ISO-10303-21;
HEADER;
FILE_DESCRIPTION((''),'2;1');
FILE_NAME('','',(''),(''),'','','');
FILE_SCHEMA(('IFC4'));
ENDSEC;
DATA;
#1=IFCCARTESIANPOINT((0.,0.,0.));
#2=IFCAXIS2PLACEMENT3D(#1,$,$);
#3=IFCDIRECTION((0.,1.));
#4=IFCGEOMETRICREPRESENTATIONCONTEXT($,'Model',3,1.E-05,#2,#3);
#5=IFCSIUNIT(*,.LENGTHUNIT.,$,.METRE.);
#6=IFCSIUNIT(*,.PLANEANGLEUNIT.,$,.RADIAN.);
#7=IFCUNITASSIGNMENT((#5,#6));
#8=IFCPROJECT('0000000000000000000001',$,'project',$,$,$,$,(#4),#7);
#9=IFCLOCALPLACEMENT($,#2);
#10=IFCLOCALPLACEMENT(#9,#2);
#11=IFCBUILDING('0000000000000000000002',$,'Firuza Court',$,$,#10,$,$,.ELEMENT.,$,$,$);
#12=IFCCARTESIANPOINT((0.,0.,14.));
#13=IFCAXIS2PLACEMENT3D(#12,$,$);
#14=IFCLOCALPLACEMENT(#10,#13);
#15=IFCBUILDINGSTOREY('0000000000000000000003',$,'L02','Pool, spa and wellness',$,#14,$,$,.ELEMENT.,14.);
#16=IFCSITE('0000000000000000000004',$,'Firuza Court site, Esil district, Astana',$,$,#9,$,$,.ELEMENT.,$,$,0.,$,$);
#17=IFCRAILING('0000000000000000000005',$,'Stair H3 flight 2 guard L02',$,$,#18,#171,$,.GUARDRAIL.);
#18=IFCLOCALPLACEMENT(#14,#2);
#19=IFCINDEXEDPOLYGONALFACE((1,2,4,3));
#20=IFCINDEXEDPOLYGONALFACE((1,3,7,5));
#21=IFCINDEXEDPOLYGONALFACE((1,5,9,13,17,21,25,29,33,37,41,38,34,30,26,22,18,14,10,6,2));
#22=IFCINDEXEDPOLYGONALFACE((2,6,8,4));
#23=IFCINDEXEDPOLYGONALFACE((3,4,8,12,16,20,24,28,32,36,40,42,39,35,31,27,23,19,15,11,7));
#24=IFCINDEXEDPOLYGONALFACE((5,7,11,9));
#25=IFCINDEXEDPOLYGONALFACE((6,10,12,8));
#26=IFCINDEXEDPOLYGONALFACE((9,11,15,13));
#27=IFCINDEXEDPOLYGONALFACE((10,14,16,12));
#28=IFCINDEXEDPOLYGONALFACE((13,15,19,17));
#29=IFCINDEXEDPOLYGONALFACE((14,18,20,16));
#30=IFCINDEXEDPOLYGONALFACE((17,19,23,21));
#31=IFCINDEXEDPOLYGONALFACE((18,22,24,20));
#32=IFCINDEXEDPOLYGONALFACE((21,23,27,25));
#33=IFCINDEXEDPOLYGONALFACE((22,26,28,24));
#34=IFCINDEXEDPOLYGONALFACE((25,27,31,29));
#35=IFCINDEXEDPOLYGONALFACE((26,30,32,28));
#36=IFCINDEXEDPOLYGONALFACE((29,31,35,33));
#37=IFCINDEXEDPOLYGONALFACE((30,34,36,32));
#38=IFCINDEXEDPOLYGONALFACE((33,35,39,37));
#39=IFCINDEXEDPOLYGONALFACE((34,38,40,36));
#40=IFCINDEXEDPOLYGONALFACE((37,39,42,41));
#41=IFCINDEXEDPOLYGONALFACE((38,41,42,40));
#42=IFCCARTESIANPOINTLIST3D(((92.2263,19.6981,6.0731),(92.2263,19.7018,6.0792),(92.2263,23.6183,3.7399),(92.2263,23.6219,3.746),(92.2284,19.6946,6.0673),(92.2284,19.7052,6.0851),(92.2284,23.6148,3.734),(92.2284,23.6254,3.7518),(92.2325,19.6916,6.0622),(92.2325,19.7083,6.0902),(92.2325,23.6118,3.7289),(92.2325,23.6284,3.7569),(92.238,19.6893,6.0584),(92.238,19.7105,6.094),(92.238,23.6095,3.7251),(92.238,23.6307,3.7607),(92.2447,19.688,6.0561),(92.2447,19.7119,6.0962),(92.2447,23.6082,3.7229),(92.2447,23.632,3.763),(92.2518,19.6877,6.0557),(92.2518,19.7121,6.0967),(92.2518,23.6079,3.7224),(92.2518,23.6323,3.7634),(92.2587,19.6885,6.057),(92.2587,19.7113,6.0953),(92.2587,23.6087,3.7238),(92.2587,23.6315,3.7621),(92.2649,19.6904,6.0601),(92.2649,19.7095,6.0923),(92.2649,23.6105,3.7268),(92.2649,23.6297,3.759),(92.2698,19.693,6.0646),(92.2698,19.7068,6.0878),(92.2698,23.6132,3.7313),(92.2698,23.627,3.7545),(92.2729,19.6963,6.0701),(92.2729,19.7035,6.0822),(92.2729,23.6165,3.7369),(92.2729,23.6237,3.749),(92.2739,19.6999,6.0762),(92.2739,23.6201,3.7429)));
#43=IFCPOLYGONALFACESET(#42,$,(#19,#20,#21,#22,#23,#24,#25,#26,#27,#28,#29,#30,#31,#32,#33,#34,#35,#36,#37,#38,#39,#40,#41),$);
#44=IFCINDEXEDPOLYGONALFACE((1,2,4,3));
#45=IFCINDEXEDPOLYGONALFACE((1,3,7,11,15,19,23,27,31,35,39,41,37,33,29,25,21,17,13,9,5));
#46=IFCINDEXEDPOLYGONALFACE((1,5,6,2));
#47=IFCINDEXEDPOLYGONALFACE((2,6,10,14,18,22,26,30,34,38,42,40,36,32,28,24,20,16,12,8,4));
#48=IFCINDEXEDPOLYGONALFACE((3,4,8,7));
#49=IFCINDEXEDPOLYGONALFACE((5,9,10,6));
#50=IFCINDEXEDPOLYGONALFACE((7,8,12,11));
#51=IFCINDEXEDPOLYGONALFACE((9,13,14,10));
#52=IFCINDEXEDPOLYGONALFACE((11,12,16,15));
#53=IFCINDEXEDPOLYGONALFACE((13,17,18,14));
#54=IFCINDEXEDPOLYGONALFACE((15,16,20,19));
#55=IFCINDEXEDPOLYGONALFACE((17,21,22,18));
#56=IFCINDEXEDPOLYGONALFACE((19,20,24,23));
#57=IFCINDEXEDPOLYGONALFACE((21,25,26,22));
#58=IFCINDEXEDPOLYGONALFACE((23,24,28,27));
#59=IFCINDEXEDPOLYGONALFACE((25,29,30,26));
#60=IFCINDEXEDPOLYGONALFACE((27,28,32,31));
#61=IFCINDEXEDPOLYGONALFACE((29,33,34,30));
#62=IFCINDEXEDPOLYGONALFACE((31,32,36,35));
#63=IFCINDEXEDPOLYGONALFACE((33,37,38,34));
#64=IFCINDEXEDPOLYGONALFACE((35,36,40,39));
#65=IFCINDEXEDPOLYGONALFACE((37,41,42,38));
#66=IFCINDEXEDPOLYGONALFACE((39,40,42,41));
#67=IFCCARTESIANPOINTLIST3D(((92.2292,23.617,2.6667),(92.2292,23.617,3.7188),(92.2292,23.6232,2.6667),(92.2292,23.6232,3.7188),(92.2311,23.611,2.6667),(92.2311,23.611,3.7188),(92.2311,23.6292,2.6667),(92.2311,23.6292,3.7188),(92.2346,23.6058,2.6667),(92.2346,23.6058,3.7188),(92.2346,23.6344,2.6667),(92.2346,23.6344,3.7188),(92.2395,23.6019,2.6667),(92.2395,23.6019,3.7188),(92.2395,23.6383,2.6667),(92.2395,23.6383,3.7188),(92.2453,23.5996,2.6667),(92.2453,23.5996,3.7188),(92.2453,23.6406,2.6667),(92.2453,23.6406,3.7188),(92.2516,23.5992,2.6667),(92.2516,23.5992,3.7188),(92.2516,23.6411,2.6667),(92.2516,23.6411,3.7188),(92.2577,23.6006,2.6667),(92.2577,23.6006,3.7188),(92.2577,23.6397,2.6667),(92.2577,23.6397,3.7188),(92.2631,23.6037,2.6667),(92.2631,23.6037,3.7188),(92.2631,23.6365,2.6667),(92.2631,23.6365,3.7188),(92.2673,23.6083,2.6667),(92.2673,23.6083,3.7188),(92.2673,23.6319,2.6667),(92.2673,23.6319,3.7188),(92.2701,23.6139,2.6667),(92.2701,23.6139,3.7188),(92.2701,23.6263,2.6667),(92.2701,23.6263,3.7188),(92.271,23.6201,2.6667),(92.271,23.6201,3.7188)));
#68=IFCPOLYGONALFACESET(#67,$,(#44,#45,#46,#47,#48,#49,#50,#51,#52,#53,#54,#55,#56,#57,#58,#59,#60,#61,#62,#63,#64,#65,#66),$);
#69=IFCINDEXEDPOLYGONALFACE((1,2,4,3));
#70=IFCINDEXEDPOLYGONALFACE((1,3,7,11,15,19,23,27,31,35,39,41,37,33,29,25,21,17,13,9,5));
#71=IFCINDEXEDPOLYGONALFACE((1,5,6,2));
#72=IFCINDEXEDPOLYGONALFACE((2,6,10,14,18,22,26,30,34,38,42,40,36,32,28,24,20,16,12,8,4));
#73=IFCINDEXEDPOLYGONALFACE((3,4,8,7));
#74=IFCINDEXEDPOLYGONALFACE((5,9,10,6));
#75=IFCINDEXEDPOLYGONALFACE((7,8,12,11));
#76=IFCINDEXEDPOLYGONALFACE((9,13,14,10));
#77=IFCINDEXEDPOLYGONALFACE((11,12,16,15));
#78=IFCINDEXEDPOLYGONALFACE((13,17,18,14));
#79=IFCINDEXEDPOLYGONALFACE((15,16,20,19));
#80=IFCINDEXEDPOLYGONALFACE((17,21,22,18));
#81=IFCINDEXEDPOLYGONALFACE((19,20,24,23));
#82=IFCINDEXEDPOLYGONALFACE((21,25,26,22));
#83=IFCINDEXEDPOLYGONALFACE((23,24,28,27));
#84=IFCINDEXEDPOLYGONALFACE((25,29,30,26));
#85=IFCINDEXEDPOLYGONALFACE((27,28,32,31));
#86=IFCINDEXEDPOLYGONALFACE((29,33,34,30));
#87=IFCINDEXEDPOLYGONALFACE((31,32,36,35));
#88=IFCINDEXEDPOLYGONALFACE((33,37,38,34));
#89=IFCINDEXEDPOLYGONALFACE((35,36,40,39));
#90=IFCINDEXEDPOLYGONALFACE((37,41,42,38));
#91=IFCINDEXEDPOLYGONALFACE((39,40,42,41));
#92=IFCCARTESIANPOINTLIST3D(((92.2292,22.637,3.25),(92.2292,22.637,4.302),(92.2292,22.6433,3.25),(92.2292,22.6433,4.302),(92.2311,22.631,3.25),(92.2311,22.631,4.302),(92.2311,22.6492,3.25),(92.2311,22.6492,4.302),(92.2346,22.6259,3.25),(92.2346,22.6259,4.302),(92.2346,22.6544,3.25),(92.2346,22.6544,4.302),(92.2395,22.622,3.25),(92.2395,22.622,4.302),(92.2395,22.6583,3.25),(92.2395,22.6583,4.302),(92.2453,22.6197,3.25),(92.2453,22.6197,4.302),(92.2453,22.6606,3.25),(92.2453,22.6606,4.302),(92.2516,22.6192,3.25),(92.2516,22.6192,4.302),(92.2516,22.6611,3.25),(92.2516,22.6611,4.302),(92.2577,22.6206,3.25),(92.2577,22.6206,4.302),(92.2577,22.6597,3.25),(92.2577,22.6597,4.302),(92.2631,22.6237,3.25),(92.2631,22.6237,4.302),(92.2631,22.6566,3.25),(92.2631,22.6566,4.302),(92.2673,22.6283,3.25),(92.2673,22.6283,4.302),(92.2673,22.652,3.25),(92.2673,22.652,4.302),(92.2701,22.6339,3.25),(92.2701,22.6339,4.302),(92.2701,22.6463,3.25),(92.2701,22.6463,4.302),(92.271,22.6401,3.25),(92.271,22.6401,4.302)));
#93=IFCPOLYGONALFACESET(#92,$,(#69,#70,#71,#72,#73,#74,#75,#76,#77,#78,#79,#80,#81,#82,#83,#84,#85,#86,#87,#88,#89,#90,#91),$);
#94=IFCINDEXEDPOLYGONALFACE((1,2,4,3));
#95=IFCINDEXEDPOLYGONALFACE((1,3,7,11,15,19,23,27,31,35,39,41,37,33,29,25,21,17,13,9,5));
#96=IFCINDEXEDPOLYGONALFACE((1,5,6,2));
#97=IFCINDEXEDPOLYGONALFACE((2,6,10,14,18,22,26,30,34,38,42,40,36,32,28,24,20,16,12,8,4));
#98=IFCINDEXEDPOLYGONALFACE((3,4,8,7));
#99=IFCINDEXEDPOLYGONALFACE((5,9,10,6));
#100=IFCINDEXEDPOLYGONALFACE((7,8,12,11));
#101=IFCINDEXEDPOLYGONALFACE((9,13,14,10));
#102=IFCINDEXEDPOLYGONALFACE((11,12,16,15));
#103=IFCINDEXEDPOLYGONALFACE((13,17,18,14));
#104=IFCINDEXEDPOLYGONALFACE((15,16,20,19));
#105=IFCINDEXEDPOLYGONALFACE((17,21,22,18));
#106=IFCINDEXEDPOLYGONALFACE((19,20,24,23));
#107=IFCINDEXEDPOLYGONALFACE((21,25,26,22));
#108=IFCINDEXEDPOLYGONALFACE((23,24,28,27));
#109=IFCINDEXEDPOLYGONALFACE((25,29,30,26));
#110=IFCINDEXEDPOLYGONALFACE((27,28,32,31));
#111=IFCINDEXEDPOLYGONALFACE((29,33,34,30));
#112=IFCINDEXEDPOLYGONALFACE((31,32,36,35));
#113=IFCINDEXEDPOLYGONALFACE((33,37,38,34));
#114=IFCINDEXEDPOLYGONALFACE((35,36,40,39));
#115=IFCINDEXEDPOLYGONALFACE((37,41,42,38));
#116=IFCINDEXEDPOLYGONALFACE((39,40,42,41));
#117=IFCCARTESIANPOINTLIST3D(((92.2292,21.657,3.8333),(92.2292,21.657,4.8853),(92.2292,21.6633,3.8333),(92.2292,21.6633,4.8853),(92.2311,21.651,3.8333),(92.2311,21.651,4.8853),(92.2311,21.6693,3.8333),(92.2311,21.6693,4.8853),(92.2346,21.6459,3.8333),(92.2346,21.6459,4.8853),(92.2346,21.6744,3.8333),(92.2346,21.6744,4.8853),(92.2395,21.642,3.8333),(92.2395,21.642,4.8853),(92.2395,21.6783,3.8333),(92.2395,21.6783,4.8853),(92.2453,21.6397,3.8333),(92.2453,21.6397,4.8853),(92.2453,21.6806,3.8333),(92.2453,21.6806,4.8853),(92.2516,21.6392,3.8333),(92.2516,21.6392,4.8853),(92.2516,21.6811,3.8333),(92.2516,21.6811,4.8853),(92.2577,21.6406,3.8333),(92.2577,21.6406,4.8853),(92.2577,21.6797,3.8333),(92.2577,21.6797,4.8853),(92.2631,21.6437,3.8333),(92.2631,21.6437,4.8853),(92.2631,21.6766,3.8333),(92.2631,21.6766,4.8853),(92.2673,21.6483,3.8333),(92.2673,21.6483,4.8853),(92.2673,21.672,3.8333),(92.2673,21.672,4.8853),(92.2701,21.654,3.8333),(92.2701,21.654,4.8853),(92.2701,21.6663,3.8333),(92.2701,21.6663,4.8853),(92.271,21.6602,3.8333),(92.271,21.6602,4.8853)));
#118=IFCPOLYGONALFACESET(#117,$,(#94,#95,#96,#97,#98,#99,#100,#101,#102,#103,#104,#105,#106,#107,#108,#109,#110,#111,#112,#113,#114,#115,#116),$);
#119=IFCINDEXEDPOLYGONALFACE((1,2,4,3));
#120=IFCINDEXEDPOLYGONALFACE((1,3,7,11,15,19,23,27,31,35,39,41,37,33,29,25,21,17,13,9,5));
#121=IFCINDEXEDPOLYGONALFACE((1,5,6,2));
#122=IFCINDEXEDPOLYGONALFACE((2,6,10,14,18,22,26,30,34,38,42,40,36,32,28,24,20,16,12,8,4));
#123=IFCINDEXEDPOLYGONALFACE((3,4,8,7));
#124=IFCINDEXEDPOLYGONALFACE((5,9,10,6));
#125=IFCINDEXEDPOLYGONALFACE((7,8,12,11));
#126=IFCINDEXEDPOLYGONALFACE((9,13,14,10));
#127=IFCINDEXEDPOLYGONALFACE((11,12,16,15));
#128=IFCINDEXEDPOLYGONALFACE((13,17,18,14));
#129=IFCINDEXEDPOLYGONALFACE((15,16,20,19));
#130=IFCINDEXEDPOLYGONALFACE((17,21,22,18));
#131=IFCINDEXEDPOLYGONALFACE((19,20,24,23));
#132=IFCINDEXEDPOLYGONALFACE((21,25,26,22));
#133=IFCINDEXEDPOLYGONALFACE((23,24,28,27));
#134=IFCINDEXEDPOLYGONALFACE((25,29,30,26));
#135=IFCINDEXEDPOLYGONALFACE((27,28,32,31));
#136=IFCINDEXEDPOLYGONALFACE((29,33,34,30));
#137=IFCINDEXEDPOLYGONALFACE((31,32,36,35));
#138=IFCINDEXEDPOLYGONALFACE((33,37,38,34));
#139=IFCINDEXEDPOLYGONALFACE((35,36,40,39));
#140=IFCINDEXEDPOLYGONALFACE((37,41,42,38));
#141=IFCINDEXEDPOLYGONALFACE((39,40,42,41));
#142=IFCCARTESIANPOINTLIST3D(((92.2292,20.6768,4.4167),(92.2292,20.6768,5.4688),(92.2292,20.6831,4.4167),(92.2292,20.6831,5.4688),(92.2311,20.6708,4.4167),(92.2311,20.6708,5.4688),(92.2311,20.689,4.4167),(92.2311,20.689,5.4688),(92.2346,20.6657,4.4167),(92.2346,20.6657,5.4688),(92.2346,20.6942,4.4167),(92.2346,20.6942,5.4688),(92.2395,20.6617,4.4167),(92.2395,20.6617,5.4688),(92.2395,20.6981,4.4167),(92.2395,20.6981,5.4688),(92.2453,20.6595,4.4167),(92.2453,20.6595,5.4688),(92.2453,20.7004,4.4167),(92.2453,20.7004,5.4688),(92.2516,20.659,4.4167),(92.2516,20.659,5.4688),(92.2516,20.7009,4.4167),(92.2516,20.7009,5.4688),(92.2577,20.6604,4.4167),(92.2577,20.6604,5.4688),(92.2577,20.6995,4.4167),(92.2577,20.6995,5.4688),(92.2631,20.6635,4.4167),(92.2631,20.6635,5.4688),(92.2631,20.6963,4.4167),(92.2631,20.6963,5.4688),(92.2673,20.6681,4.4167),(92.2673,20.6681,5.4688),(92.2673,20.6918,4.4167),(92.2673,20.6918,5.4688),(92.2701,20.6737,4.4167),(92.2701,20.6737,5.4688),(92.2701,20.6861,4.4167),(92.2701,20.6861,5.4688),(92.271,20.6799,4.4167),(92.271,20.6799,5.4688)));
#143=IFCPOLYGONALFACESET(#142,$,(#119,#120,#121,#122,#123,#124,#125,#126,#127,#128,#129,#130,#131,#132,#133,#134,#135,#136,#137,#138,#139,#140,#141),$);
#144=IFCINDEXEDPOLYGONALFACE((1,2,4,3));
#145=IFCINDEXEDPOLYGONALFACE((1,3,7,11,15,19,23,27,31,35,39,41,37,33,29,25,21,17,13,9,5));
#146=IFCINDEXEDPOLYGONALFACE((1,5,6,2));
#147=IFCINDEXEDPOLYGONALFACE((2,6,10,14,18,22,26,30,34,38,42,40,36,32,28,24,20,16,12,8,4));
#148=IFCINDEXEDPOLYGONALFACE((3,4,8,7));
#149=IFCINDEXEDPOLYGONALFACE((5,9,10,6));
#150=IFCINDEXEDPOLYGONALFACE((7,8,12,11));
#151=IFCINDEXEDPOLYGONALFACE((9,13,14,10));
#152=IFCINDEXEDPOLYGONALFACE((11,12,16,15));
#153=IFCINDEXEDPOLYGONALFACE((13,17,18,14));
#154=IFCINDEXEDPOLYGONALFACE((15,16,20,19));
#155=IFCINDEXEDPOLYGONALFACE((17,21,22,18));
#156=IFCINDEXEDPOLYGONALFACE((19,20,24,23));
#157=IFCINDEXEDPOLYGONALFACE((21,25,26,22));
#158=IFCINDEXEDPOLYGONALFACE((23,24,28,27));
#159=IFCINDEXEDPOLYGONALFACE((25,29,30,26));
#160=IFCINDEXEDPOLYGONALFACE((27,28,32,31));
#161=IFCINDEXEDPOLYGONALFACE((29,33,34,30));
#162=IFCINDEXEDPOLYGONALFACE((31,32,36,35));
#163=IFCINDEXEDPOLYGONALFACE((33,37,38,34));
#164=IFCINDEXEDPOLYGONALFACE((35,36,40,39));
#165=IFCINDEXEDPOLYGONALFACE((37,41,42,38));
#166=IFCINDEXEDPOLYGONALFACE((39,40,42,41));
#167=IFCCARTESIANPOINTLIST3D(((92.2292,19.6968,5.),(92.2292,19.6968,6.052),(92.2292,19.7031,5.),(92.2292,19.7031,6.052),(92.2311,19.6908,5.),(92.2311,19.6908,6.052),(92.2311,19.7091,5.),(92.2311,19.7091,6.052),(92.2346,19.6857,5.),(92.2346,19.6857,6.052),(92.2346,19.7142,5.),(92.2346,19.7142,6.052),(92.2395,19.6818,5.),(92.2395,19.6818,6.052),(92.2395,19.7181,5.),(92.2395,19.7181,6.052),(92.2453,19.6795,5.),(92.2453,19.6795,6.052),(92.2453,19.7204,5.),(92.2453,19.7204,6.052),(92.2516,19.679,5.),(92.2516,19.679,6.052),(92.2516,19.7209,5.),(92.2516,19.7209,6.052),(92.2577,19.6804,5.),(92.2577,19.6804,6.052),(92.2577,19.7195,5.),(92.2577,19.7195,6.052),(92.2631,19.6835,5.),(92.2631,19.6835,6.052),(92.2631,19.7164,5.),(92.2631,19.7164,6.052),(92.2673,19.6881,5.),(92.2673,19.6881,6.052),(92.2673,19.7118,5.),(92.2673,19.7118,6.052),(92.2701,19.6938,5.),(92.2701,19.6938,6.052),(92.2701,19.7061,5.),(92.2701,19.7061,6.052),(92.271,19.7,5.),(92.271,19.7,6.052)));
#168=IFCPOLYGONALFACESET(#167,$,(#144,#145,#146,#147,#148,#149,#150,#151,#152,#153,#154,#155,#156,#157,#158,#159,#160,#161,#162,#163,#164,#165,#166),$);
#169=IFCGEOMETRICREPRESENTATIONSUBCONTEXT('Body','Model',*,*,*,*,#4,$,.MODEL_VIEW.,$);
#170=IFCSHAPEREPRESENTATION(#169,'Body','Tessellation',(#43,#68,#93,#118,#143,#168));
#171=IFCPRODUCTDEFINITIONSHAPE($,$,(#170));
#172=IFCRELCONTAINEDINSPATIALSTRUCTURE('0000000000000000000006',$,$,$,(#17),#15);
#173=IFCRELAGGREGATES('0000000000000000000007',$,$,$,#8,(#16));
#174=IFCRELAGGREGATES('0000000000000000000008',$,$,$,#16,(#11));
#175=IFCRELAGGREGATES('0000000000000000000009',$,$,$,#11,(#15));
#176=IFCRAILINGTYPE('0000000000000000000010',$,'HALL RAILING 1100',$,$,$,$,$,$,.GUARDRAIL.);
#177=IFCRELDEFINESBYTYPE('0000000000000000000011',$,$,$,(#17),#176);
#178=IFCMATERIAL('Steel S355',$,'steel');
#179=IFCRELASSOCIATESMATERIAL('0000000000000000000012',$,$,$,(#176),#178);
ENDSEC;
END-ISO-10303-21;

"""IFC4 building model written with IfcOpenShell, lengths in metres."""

from ifc_helpers import new_model, si_unit, direction, frame, origin, origin_2d, place, context, subcontext, project, spatial, circle, extrude, material, type_object, element, save


model = new_model("IFC4")

# Units and contexts
model_context = context("Model", 3, precision=1e-05, world=origin(), true_north=direction((0.0, 1.0)))
body_context = subcontext(model_context, "Body", "Model", "MODEL_VIEW")
ifc_project = project(units=[si_unit("LENGTHUNIT", "METRE"), si_unit("PLANEANGLEUNIT", "RADIAN")], contexts=[model_context])

# Site, building, storey
site_placement = place(None, origin())
site = spatial("IfcSite", under=ifc_project, at=site_placement, Name="Firuza Court site, Esil district, Astana", CompositionType="ELEMENT", RefElevation=0.0)
building_placement = place(site_placement, origin())
building = spatial("IfcBuilding", under=site, at=building_placement, Name="Firuza Court", CompositionType="ELEMENT")
storey_placement = place(building_placement, frame((0.0, 0.0, 14.0)))
storey = spatial("IfcBuildingStorey", under=building, at=storey_placement, Name="L02", Description="Pool, spa and wellness", CompositionType="ELEMENT", Elevation=14.0)

# Railing
ifc_material_1 = material(Name="Steel S355", Category="steel")
railing_type_1 = type_object("IfcRailingType", Name="HALL RAILING 1100", PredefinedType="GUARDRAIL", material=ifc_material_1)
railing_1_placement = place(storey_placement, frame((92.25, 23.6201, 2.6667)))
element("IfcRailing", 1, at=railing_1_placement, inside=storey, type_object=railing_type_1, Name="Stair H3 flight 2 guard L02", PredefinedType="GUARDRAIL", context=body_context, shape_type="SweptSolid", body=[
    extrude(circle(Radius=0.0239, at=origin_2d()), frame((0.0, 0.0, 1.0762), z_axis=(0.0, -0.85931, 0.511455), x_axis=(1.0, 0.0, 0.0)), (0.0, 0.0, 1.0), 4.562),
    extrude(circle(Radius=0.021, at=origin_2d()), origin(), (0.0, 0.0, 1.0), 1.052),
    extrude(circle(Radius=0.021, at=origin_2d()), frame((0.0, -0.98, 0.5833)), (0.0, 0.0, 1.0), 1.052),
    extrude(circle(Radius=0.021, at=origin_2d()), frame((0.0, -1.96, 1.1665)), (0.0, 0.0, 1.0), 1.052),
    extrude(circle(Radius=0.021, at=origin_2d()), frame((0.0, -2.9402, 1.75)), (0.0, 0.0, 1.0), 1.052),
    extrude(circle(Radius=0.021, at=origin_2d()), frame((0.0, -3.9202, 2.3333)), (0.0, 0.0, 1.0), 1.052),
])

save(model, "model.ifc")
